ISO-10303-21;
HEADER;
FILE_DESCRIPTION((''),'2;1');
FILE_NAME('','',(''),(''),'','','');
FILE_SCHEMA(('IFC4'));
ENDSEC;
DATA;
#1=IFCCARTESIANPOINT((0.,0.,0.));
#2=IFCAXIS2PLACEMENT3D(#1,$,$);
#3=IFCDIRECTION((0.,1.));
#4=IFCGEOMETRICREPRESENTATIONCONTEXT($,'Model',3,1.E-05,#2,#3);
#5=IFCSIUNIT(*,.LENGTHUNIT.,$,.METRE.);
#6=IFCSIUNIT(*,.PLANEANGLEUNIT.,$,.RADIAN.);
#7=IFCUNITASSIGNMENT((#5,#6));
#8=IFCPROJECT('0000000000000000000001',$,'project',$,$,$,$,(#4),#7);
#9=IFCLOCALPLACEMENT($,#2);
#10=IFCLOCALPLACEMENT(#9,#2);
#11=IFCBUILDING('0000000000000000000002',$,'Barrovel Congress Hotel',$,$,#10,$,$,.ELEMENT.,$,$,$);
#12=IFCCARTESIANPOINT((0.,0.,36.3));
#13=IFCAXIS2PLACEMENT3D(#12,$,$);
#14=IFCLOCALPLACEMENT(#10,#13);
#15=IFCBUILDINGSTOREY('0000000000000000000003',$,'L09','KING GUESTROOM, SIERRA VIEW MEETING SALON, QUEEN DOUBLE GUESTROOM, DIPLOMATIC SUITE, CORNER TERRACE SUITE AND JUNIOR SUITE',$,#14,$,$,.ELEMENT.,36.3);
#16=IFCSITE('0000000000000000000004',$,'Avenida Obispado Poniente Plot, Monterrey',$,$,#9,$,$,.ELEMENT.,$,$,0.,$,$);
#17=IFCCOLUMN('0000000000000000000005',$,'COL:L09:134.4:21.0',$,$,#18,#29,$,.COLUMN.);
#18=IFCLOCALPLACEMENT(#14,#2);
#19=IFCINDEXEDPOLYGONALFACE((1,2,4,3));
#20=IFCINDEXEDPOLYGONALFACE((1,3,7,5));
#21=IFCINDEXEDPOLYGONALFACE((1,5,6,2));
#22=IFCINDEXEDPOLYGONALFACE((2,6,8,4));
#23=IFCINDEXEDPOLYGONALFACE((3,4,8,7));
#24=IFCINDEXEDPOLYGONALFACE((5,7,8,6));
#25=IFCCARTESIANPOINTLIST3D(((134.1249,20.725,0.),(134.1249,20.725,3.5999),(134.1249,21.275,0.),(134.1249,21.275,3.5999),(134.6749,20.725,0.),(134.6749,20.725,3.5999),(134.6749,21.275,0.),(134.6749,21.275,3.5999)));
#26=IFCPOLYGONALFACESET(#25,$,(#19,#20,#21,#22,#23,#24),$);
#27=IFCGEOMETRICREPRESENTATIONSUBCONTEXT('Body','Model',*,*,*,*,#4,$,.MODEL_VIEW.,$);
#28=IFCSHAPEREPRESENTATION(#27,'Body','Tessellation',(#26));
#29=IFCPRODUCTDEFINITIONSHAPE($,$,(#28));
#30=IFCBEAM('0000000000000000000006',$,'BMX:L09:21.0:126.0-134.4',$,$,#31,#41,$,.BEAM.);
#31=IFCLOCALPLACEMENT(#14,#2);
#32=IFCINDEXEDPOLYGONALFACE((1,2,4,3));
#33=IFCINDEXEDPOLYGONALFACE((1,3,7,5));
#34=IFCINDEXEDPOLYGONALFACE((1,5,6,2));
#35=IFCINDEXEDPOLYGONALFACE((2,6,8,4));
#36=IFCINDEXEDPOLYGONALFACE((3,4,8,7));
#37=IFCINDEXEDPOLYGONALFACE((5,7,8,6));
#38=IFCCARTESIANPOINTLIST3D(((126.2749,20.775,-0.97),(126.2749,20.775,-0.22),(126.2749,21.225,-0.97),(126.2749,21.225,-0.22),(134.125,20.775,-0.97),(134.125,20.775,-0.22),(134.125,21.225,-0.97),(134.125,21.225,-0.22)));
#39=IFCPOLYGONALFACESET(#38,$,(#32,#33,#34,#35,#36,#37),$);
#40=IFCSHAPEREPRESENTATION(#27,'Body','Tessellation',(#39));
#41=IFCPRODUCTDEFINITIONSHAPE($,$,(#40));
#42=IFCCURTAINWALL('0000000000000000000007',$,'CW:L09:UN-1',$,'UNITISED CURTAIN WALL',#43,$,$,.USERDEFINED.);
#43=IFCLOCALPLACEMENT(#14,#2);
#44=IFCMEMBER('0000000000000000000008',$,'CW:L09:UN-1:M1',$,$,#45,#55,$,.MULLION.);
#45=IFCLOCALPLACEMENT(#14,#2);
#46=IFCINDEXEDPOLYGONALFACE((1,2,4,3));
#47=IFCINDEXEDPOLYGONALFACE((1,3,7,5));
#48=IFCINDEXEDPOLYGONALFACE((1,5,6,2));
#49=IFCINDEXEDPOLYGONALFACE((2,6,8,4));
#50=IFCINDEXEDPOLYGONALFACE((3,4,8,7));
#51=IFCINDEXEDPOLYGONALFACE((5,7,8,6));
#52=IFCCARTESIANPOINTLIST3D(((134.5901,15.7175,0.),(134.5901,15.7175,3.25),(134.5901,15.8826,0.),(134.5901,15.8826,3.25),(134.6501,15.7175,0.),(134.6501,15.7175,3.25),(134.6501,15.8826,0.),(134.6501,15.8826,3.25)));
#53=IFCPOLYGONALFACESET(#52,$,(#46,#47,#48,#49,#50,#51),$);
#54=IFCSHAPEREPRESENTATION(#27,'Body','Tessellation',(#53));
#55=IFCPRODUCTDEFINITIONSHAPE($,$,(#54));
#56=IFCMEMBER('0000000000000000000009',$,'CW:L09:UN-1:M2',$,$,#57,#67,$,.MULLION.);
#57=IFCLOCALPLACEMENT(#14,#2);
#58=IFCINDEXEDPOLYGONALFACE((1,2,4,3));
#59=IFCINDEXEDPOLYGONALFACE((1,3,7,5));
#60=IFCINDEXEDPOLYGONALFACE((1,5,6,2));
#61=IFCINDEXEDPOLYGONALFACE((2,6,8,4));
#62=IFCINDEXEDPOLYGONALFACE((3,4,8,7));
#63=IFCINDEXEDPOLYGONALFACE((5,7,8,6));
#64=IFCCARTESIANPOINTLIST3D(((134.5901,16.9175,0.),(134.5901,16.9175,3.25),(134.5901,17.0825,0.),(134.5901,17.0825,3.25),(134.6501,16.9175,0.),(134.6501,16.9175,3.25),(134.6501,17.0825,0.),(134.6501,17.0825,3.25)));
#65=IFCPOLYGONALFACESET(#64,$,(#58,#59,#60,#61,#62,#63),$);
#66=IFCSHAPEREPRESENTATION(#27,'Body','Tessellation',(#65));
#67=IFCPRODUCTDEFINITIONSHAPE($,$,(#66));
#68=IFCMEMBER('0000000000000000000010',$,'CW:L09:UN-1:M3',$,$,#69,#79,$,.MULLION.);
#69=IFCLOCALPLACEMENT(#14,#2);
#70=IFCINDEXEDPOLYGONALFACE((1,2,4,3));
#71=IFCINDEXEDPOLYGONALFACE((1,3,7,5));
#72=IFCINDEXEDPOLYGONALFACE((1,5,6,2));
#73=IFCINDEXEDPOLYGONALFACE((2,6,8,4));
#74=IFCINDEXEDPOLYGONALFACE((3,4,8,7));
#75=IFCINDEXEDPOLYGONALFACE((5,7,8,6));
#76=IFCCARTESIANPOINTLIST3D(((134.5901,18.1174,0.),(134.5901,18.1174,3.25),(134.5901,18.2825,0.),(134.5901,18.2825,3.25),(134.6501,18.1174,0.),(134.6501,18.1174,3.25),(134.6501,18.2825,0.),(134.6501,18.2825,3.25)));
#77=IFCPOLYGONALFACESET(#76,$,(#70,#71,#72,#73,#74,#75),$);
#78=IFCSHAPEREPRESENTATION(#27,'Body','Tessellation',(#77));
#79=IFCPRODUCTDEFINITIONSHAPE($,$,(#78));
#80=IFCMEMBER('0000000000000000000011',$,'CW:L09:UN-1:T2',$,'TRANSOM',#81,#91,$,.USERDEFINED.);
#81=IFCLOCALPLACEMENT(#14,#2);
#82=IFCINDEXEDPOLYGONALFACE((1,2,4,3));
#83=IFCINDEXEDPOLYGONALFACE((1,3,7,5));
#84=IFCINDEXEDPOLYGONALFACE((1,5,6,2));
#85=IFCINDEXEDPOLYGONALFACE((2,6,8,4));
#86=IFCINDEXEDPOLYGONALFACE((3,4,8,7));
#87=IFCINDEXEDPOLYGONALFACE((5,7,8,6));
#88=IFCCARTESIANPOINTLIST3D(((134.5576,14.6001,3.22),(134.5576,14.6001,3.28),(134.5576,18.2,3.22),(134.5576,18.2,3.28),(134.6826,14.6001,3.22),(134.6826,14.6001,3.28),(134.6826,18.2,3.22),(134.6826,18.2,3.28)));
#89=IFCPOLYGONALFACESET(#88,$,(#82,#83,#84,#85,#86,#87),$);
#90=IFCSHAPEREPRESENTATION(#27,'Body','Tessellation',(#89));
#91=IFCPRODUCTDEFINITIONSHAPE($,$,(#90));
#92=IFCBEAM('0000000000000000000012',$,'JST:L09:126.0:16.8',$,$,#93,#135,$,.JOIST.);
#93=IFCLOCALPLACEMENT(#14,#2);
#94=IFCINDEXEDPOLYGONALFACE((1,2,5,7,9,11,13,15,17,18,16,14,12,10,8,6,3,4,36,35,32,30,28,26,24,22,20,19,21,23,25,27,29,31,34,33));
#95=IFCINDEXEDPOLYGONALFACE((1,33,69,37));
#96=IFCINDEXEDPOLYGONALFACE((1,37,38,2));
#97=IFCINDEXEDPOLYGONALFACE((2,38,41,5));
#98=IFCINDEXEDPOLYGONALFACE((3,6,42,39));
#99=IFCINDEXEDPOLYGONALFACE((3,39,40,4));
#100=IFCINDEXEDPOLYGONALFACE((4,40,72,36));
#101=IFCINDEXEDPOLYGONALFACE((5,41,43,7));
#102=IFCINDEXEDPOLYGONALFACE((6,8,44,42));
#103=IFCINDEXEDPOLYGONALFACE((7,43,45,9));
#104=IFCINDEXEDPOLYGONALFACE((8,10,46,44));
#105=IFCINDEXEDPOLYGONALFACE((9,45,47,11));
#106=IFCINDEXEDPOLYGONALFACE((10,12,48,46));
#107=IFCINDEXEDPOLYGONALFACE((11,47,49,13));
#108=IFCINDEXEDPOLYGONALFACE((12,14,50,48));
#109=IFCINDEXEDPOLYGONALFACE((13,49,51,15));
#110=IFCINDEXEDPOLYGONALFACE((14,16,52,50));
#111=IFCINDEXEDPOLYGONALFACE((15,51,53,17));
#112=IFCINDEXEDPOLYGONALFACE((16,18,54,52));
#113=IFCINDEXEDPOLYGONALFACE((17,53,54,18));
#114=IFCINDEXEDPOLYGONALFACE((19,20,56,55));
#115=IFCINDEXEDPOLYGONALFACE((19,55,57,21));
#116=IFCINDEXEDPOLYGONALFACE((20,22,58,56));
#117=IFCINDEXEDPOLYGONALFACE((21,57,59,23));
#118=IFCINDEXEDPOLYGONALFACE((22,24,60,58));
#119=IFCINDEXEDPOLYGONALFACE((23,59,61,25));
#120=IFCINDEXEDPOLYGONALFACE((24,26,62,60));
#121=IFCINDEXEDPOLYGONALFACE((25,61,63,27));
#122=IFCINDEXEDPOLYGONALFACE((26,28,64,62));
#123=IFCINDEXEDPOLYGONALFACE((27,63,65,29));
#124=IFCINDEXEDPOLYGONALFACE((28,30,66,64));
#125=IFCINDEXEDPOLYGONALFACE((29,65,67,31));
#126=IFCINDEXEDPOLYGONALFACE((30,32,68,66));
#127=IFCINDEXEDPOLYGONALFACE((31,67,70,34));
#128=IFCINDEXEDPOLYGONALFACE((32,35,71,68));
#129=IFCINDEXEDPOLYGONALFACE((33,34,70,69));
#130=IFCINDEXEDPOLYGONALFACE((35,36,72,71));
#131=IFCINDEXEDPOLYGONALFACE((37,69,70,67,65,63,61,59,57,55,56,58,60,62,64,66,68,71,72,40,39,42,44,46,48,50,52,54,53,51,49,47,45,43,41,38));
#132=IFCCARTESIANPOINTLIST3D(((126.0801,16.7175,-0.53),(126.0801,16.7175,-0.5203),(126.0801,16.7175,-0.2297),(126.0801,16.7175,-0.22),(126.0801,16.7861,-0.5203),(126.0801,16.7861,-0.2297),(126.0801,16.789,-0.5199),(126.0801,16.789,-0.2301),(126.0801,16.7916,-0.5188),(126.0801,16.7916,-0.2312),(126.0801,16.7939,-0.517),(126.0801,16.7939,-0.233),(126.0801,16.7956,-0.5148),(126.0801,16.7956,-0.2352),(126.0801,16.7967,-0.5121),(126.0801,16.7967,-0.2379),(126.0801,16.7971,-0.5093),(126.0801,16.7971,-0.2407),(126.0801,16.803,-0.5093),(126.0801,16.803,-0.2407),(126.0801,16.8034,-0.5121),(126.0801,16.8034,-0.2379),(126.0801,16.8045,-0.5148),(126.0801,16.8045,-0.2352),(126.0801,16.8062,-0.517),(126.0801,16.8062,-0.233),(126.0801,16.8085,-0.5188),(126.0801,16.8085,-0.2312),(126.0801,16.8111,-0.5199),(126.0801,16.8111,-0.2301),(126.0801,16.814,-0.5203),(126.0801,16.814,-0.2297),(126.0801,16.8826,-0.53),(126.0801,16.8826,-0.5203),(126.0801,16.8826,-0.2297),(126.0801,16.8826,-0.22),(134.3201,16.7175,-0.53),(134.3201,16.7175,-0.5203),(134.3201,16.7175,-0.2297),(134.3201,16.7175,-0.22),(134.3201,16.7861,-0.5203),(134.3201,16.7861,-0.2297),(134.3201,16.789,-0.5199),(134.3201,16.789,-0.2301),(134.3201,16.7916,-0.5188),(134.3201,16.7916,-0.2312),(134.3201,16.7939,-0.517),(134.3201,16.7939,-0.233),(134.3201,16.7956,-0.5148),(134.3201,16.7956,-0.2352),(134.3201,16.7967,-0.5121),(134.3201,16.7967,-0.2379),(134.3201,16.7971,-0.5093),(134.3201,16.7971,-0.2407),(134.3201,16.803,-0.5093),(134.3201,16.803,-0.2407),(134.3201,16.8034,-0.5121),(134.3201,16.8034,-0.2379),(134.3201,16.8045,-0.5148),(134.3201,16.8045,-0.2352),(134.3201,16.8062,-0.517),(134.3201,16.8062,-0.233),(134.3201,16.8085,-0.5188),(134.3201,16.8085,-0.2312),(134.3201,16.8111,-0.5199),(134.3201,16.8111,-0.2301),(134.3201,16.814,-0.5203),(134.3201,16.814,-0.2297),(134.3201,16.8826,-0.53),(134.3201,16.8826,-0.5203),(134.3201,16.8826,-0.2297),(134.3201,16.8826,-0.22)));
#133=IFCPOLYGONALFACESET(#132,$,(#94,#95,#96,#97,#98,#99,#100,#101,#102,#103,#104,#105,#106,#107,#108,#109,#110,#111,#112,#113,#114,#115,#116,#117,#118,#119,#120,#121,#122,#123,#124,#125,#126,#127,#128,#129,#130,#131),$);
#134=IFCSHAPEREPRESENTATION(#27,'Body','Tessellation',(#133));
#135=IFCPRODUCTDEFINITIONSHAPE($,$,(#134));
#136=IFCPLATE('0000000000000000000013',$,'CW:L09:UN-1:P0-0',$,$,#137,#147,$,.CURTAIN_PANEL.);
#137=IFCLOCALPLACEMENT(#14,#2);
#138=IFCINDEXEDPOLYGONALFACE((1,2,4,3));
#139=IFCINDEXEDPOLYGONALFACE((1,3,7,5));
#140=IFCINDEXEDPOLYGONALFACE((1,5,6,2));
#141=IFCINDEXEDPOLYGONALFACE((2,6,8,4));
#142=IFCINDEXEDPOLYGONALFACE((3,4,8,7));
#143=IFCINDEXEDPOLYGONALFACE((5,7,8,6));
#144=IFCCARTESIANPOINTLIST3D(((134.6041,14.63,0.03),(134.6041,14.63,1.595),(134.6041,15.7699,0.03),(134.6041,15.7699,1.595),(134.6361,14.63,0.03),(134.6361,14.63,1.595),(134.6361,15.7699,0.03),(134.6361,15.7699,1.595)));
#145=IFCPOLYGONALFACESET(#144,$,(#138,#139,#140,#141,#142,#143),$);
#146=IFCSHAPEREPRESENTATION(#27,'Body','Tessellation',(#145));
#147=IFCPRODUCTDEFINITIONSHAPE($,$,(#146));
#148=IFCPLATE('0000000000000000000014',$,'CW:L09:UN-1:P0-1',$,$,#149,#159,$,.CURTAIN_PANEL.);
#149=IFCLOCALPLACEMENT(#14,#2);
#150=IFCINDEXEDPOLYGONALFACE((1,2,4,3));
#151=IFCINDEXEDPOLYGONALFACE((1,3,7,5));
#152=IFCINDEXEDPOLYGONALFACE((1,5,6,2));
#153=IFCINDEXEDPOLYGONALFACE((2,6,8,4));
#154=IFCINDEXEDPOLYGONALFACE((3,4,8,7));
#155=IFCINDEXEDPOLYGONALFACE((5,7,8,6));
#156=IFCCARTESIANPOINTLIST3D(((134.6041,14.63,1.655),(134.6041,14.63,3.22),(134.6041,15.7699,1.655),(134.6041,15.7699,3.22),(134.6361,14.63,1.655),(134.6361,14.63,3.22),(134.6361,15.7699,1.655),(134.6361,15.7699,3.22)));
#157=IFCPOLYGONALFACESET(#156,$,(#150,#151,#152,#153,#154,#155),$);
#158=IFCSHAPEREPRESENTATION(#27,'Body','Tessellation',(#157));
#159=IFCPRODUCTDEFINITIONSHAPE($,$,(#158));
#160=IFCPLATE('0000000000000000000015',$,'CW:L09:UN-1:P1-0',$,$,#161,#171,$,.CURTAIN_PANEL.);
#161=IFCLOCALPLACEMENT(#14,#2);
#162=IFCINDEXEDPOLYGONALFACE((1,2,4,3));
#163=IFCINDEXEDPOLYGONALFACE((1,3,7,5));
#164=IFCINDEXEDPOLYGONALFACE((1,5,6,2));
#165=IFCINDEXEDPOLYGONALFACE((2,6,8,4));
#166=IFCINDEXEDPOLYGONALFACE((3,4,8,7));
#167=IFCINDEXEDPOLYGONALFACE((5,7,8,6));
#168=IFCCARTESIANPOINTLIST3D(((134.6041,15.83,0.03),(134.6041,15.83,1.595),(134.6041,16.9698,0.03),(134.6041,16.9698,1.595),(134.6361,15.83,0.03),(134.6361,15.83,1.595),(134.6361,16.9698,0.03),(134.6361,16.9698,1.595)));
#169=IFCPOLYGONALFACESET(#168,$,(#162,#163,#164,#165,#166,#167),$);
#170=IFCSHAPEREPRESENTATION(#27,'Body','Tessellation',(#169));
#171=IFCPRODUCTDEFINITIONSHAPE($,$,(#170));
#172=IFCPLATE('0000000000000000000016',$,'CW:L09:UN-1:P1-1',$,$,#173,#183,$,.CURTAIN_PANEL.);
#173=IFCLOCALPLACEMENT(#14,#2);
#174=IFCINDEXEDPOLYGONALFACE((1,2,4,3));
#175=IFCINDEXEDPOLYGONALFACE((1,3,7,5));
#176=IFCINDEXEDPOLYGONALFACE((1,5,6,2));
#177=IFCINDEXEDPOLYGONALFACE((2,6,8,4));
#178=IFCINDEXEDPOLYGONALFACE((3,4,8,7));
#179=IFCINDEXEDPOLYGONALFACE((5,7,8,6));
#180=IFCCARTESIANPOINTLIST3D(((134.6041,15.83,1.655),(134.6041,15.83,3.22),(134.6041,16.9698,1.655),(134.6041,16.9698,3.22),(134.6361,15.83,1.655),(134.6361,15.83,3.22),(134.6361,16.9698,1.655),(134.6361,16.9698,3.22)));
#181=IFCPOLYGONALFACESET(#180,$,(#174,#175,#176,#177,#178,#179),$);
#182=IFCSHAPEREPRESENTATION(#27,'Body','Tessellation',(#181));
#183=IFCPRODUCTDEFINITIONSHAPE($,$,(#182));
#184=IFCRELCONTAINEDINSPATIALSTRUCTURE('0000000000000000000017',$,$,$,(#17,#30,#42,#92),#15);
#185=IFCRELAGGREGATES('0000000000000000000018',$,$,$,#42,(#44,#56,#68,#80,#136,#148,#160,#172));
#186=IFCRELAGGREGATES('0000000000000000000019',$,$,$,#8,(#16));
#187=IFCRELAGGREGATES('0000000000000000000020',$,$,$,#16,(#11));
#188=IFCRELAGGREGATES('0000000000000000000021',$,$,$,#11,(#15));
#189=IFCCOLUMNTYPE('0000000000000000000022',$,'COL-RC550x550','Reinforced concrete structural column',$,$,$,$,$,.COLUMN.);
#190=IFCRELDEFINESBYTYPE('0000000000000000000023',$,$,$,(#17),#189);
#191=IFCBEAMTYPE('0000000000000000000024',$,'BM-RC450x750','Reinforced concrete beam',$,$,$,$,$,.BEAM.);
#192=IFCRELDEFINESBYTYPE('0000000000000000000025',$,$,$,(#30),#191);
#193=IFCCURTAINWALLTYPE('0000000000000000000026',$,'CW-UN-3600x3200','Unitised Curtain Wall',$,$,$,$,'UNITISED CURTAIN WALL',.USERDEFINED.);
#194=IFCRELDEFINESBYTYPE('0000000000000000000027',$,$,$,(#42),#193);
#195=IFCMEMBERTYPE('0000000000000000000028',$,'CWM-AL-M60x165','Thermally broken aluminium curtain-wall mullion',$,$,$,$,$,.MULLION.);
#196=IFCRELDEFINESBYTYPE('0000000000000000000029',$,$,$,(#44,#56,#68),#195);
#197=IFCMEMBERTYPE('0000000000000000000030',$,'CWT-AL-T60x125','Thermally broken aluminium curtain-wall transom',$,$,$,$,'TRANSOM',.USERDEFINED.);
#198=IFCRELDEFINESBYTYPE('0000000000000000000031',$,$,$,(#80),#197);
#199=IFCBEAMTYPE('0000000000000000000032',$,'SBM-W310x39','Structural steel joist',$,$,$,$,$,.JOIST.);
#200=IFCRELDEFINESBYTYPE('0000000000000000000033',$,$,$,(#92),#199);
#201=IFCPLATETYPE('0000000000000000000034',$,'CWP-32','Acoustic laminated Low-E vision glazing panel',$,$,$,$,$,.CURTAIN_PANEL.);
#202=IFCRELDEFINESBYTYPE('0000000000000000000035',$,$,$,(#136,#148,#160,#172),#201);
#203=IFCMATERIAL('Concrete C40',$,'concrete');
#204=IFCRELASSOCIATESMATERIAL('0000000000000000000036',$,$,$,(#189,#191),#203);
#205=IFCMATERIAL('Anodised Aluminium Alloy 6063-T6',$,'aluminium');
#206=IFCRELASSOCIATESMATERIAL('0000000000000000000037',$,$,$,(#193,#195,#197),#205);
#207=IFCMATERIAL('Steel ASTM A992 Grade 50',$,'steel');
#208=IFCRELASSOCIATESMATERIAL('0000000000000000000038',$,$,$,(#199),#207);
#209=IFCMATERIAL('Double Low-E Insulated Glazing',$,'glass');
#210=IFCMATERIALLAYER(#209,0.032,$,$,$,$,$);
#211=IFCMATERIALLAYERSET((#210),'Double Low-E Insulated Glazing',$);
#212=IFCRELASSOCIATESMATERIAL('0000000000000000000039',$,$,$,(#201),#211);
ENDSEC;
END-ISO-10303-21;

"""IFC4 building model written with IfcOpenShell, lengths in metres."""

from ifc_helpers import new_model, si_unit, direction, frame, origin, origin_2d, place, context, subcontext, project, spatial, rectangle, i_section, extrude, material, layer, layer_set, material_profile, profile_set, type_object, element, aggregate, save


model = new_model("IFC4")

# Units and contexts
model_context = context("Model", 3, precision=1e-05, world=origin(), true_north=direction((0.0, 1.0)))
body_context = subcontext(model_context, "Body", "Model", "MODEL_VIEW")
ifc_project = project(units=[si_unit("LENGTHUNIT", "METRE"), si_unit("PLANEANGLEUNIT", "RADIAN")], contexts=[model_context])

# Site, building, storey
site_placement = place(None, origin())
site = spatial("IfcSite", under=ifc_project, at=site_placement, Name="Avenida Obispado Poniente Plot, Monterrey", CompositionType="ELEMENT", RefElevation=0.0)
building_placement = place(site_placement, origin())
building = spatial("IfcBuilding", under=site, at=building_placement, Name="Barrovel Congress Hotel", CompositionType="ELEMENT")
storey_placement = place(building_placement, frame((0.0, 0.0, 36.3)))
storey = spatial("IfcBuildingStorey", under=building, at=storey_placement, Name="L09", Description="KING GUESTROOM, SIERRA VIEW MEETING SALON, QUEEN DOUBLE GUESTROOM, DIPLOMATIC SUITE, CORNER TERRACE SUITE AND JUNIOR SUITE", CompositionType="ELEMENT", Elevation=36.3)

# Column
ifc_material_1 = material(Name="Concrete C40", Category="concrete")
ifc_material_profile_1 = material_profile(ifc_material_1, rectangle(XDim=0.55, YDim=0.55, at=origin_2d()), Name="RC550x550")
ifc_profile_set_1 = profile_set([ifc_material_profile_1], Name="Concrete C40")
column_type = type_object("IfcColumnType", Name="COL-RC550x550", Description="Reinforced concrete structural column", PredefinedType="COLUMN", material=ifc_profile_set_1)
column_placement = place(storey_placement, frame((134.3999, 21.0, 0.0), z_axis=(0.0, 0.0, 1.0), x_axis=(1.0, 0.0, 0.0)))
element("IfcColumn", 1, at=column_placement, inside=storey, type_object=column_type, Name="COL:L09:134.4:21.0", PredefinedType="COLUMN", context=body_context, shape_type="SweptSolid", body=[
    extrude(rectangle(XDim=0.55, YDim=0.55, at=origin_2d()), origin(), (0.0, 0.0, 1.0), 3.5999),
])

# Beam
ifc_material_profile_2 = material_profile(ifc_material_1, rectangle(XDim=0.45, YDim=0.75, at=origin_2d()), Name="RC450x750")
ifc_profile_set_2 = profile_set([ifc_material_profile_2], Name="Concrete C40")
beam_type_1 = type_object("IfcBeamType", Name="BM-RC450x750", Description="Reinforced concrete beam", PredefinedType="BEAM", material=ifc_profile_set_2)
beam_1_placement = place(storey_placement, frame((126.2749, 21.0, -0.595), z_axis=(1.0, 0.0, 0.0), x_axis=(0.0, 1.0, 0.0)))
element("IfcBeam", 2, at=beam_1_placement, inside=storey, type_object=beam_type_1, Name="BMX:L09:21.0:126.0-134.4", PredefinedType="BEAM", context=body_context, shape_type="SweptSolid", body=[
    extrude(rectangle(XDim=0.45, YDim=0.75, at=origin_2d()), origin(), (0.0, 0.0, 1.0), 7.8501),
])

# Curtain wall, members
ifc_material_2 = material(Name="Anodised Aluminium Alloy 6063-T6", Category="aluminium")
curtain_wall_type = type_object("IfcCurtainWallType", Name="CW-UN-3600x3200", Description="Unitised Curtain Wall", ElementType="UNITISED CURTAIN WALL", PredefinedType="USERDEFINED", material=ifc_material_2)
curtain_wall_placement = place(storey_placement, origin())
curtain_wall = element("IfcCurtainWall", 3, at=curtain_wall_placement, inside=storey, type_object=curtain_wall_type, Name="CW:L09:UN-1", ObjectType="UNITISED CURTAIN WALL", PredefinedType="USERDEFINED")
ifc_material_profile_3 = material_profile(ifc_material_2, rectangle(XDim=0.0601, YDim=0.165, at=origin_2d()), Name="AL-M60x165")
ifc_profile_set_3 = profile_set([ifc_material_profile_3], Name="Anodised Aluminium Alloy 6063-T6")
member_type_1 = type_object("IfcMemberType", Name="CWM-AL-M60x165", Description="Thermally broken aluminium curtain-wall mullion", PredefinedType="MULLION", material=ifc_profile_set_3)
member_1_placement = place(storey_placement, frame((134.6201, 15.8, 0.0), z_axis=(0.0, 0.0, 1.0), x_axis=(1.0, 0.0, 0.0)))
member_1 = element("IfcMember", 4, at=member_1_placement, type_object=member_type_1, Name="CW:L09:UN-1:M1", PredefinedType="MULLION", context=body_context, shape_type="SweptSolid", body=[
    extrude(rectangle(XDim=0.0601, YDim=0.165, at=origin_2d()), origin(), (0.0, 0.0, 1.0), 3.25),
])
member_2_placement = place(storey_placement, frame((134.6201, 17.0, 0.0), z_axis=(0.0, 0.0, 1.0), x_axis=(1.0, 0.0, 0.0)))
member_2 = element("IfcMember", 5, at=member_2_placement, type_object=member_type_1, Name="CW:L09:UN-1:M2", PredefinedType="MULLION", context=body_context, shape_type="SweptSolid", body=[
    extrude(rectangle(XDim=0.0601, YDim=0.165, at=origin_2d()), origin(), (0.0, 0.0, 1.0), 3.25),
])
member_3_placement = place(storey_placement, frame((134.6201, 18.2, 0.0), z_axis=(0.0, 0.0, 1.0), x_axis=(1.0, 0.0, 0.0)))
member_3 = element("IfcMember", 6, at=member_3_placement, type_object=member_type_1, Name="CW:L09:UN-1:M3", PredefinedType="MULLION", context=body_context, shape_type="SweptSolid", body=[
    extrude(rectangle(XDim=0.0601, YDim=0.165, at=origin_2d()), origin(), (0.0, 0.0, 1.0), 3.25),
])
ifc_material_profile_4 = material_profile(ifc_material_2, rectangle(XDim=0.125, YDim=0.0601, at=origin_2d()), Name="AL-T60x125")
ifc_profile_set_4 = profile_set([ifc_material_profile_4], Name="Anodised Aluminium Alloy 6063-T6")
member_type_2 = type_object("IfcMemberType", Name="CWT-AL-T60x125", Description="Thermally broken aluminium curtain-wall transom", ElementType="TRANSOM", PredefinedType="USERDEFINED", material=ifc_profile_set_4)
member_4_placement = place(storey_placement, frame((134.6201, 14.6001, 3.25), z_axis=(0.0, 1.0, 0.0), x_axis=(-1.0, 0.0, 0.0)))
member_4 = element("IfcMember", 7, at=member_4_placement, type_object=member_type_2, Name="CW:L09:UN-1:T2", ObjectType="TRANSOM", PredefinedType="USERDEFINED", context=body_context, shape_type="SweptSolid", body=[
    extrude(rectangle(XDim=0.125, YDim=0.0601, at=origin_2d()), origin(), (0.0, 0.0, 1.0), 3.5999),
])

# Beam
ifc_material_3 = material(Name="Steel ASTM A992 Grade 50", Category="steel")
ifc_material_profile_5 = material_profile(ifc_material_3, i_section(OverallWidth=0.165, OverallDepth=0.3101, WebThickness=0.0059, FlangeThickness=0.0098, FilletRadius=0.011, at=origin_2d()), Name="W310x39")
ifc_profile_set_5 = profile_set([ifc_material_profile_5], Name="Steel ASTM A992 Grade 50")
beam_type_2 = type_object("IfcBeamType", Name="SBM-W310x39", Description="Structural steel joist", PredefinedType="JOIST", material=ifc_profile_set_5)
beam_2_placement = place(storey_placement, frame((126.0801, 16.8, -0.375), z_axis=(1.0, 0.0, 0.0), x_axis=(0.0, 1.0, 0.0)))
element("IfcBeam", 8, at=beam_2_placement, inside=storey, type_object=beam_type_2, Name="JST:L09:126.0:16.8", PredefinedType="JOIST", context=body_context, shape_type="SweptSolid", body=[
    extrude(i_section(OverallWidth=0.165, OverallDepth=0.3101, WebThickness=0.0059, FlangeThickness=0.0098, FilletRadius=0.011, at=origin_2d()), origin(), (0.0, 0.0, 1.0), 8.24),
])

# Plates
ifc_material_4 = material(Name="Double Low-E Insulated Glazing", Category="glass")
ifc_layer_1 = layer(ifc_material_4, 0.032)
ifc_layer_set_1 = layer_set([ifc_layer_1], Name="Double Low-E Insulated Glazing")
plate_type = type_object("IfcPlateType", Name="CWP-32", Description="Acoustic laminated Low-E vision glazing panel", PredefinedType="CURTAIN_PANEL", material=ifc_layer_set_1)
plate_1_placement = place(storey_placement, frame((134.6201, 15.2, 0.03), z_axis=(0.0, 0.0, 1.0), x_axis=(0.0, 1.0, 0.0)))
plate_1 = element("IfcPlate", 9, at=plate_1_placement, type_object=plate_type, Name="CW:L09:UN-1:P0-0", PredefinedType="CURTAIN_PANEL", context=body_context, shape_type="SweptSolid", body=[
    extrude(rectangle(XDim=1.1399, YDim=0.032, at=origin_2d()), origin(), (0.0, 0.0, 1.0), 1.5649),
])
plate_2_placement = place(storey_placement, frame((134.6201, 15.2, 1.655), z_axis=(0.0, 0.0, 1.0), x_axis=(0.0, 1.0, 0.0)))
plate_2 = element("IfcPlate", 10, at=plate_2_placement, type_object=plate_type, Name="CW:L09:UN-1:P0-1", PredefinedType="CURTAIN_PANEL", context=body_context, shape_type="SweptSolid", body=[
    extrude(rectangle(XDim=1.1399, YDim=0.032, at=origin_2d()), origin(), (0.0, 0.0, 1.0), 1.5649),
])
plate_3_placement = place(storey_placement, frame((134.6201, 16.3999, 0.03), z_axis=(0.0, 0.0, 1.0), x_axis=(0.0, 1.0, 0.0)))
plate_3 = element("IfcPlate", 11, at=plate_3_placement, type_object=plate_type, Name="CW:L09:UN-1:P1-0", PredefinedType="CURTAIN_PANEL", context=body_context, shape_type="SweptSolid", body=[
    extrude(rectangle(XDim=1.1399, YDim=0.032, at=origin_2d()), origin(), (0.0, 0.0, 1.0), 1.5649),
])
plate_4_placement = place(storey_placement, frame((134.6201, 16.3999, 1.655), z_axis=(0.0, 0.0, 1.0), x_axis=(0.0, 1.0, 0.0)))
plate_4 = element("IfcPlate", 12, at=plate_4_placement, type_object=plate_type, Name="CW:L09:UN-1:P1-1", PredefinedType="CURTAIN_PANEL", context=body_context, shape_type="SweptSolid", body=[
    extrude(rectangle(XDim=1.1399, YDim=0.032, at=origin_2d()), origin(), (0.0, 0.0, 1.0), 1.5649),
])
aggregate(curtain_wall, [member_1, member_2, member_3, member_4, plate_1, plate_2, plate_3, plate_4])

save(model, "model.ifc")
